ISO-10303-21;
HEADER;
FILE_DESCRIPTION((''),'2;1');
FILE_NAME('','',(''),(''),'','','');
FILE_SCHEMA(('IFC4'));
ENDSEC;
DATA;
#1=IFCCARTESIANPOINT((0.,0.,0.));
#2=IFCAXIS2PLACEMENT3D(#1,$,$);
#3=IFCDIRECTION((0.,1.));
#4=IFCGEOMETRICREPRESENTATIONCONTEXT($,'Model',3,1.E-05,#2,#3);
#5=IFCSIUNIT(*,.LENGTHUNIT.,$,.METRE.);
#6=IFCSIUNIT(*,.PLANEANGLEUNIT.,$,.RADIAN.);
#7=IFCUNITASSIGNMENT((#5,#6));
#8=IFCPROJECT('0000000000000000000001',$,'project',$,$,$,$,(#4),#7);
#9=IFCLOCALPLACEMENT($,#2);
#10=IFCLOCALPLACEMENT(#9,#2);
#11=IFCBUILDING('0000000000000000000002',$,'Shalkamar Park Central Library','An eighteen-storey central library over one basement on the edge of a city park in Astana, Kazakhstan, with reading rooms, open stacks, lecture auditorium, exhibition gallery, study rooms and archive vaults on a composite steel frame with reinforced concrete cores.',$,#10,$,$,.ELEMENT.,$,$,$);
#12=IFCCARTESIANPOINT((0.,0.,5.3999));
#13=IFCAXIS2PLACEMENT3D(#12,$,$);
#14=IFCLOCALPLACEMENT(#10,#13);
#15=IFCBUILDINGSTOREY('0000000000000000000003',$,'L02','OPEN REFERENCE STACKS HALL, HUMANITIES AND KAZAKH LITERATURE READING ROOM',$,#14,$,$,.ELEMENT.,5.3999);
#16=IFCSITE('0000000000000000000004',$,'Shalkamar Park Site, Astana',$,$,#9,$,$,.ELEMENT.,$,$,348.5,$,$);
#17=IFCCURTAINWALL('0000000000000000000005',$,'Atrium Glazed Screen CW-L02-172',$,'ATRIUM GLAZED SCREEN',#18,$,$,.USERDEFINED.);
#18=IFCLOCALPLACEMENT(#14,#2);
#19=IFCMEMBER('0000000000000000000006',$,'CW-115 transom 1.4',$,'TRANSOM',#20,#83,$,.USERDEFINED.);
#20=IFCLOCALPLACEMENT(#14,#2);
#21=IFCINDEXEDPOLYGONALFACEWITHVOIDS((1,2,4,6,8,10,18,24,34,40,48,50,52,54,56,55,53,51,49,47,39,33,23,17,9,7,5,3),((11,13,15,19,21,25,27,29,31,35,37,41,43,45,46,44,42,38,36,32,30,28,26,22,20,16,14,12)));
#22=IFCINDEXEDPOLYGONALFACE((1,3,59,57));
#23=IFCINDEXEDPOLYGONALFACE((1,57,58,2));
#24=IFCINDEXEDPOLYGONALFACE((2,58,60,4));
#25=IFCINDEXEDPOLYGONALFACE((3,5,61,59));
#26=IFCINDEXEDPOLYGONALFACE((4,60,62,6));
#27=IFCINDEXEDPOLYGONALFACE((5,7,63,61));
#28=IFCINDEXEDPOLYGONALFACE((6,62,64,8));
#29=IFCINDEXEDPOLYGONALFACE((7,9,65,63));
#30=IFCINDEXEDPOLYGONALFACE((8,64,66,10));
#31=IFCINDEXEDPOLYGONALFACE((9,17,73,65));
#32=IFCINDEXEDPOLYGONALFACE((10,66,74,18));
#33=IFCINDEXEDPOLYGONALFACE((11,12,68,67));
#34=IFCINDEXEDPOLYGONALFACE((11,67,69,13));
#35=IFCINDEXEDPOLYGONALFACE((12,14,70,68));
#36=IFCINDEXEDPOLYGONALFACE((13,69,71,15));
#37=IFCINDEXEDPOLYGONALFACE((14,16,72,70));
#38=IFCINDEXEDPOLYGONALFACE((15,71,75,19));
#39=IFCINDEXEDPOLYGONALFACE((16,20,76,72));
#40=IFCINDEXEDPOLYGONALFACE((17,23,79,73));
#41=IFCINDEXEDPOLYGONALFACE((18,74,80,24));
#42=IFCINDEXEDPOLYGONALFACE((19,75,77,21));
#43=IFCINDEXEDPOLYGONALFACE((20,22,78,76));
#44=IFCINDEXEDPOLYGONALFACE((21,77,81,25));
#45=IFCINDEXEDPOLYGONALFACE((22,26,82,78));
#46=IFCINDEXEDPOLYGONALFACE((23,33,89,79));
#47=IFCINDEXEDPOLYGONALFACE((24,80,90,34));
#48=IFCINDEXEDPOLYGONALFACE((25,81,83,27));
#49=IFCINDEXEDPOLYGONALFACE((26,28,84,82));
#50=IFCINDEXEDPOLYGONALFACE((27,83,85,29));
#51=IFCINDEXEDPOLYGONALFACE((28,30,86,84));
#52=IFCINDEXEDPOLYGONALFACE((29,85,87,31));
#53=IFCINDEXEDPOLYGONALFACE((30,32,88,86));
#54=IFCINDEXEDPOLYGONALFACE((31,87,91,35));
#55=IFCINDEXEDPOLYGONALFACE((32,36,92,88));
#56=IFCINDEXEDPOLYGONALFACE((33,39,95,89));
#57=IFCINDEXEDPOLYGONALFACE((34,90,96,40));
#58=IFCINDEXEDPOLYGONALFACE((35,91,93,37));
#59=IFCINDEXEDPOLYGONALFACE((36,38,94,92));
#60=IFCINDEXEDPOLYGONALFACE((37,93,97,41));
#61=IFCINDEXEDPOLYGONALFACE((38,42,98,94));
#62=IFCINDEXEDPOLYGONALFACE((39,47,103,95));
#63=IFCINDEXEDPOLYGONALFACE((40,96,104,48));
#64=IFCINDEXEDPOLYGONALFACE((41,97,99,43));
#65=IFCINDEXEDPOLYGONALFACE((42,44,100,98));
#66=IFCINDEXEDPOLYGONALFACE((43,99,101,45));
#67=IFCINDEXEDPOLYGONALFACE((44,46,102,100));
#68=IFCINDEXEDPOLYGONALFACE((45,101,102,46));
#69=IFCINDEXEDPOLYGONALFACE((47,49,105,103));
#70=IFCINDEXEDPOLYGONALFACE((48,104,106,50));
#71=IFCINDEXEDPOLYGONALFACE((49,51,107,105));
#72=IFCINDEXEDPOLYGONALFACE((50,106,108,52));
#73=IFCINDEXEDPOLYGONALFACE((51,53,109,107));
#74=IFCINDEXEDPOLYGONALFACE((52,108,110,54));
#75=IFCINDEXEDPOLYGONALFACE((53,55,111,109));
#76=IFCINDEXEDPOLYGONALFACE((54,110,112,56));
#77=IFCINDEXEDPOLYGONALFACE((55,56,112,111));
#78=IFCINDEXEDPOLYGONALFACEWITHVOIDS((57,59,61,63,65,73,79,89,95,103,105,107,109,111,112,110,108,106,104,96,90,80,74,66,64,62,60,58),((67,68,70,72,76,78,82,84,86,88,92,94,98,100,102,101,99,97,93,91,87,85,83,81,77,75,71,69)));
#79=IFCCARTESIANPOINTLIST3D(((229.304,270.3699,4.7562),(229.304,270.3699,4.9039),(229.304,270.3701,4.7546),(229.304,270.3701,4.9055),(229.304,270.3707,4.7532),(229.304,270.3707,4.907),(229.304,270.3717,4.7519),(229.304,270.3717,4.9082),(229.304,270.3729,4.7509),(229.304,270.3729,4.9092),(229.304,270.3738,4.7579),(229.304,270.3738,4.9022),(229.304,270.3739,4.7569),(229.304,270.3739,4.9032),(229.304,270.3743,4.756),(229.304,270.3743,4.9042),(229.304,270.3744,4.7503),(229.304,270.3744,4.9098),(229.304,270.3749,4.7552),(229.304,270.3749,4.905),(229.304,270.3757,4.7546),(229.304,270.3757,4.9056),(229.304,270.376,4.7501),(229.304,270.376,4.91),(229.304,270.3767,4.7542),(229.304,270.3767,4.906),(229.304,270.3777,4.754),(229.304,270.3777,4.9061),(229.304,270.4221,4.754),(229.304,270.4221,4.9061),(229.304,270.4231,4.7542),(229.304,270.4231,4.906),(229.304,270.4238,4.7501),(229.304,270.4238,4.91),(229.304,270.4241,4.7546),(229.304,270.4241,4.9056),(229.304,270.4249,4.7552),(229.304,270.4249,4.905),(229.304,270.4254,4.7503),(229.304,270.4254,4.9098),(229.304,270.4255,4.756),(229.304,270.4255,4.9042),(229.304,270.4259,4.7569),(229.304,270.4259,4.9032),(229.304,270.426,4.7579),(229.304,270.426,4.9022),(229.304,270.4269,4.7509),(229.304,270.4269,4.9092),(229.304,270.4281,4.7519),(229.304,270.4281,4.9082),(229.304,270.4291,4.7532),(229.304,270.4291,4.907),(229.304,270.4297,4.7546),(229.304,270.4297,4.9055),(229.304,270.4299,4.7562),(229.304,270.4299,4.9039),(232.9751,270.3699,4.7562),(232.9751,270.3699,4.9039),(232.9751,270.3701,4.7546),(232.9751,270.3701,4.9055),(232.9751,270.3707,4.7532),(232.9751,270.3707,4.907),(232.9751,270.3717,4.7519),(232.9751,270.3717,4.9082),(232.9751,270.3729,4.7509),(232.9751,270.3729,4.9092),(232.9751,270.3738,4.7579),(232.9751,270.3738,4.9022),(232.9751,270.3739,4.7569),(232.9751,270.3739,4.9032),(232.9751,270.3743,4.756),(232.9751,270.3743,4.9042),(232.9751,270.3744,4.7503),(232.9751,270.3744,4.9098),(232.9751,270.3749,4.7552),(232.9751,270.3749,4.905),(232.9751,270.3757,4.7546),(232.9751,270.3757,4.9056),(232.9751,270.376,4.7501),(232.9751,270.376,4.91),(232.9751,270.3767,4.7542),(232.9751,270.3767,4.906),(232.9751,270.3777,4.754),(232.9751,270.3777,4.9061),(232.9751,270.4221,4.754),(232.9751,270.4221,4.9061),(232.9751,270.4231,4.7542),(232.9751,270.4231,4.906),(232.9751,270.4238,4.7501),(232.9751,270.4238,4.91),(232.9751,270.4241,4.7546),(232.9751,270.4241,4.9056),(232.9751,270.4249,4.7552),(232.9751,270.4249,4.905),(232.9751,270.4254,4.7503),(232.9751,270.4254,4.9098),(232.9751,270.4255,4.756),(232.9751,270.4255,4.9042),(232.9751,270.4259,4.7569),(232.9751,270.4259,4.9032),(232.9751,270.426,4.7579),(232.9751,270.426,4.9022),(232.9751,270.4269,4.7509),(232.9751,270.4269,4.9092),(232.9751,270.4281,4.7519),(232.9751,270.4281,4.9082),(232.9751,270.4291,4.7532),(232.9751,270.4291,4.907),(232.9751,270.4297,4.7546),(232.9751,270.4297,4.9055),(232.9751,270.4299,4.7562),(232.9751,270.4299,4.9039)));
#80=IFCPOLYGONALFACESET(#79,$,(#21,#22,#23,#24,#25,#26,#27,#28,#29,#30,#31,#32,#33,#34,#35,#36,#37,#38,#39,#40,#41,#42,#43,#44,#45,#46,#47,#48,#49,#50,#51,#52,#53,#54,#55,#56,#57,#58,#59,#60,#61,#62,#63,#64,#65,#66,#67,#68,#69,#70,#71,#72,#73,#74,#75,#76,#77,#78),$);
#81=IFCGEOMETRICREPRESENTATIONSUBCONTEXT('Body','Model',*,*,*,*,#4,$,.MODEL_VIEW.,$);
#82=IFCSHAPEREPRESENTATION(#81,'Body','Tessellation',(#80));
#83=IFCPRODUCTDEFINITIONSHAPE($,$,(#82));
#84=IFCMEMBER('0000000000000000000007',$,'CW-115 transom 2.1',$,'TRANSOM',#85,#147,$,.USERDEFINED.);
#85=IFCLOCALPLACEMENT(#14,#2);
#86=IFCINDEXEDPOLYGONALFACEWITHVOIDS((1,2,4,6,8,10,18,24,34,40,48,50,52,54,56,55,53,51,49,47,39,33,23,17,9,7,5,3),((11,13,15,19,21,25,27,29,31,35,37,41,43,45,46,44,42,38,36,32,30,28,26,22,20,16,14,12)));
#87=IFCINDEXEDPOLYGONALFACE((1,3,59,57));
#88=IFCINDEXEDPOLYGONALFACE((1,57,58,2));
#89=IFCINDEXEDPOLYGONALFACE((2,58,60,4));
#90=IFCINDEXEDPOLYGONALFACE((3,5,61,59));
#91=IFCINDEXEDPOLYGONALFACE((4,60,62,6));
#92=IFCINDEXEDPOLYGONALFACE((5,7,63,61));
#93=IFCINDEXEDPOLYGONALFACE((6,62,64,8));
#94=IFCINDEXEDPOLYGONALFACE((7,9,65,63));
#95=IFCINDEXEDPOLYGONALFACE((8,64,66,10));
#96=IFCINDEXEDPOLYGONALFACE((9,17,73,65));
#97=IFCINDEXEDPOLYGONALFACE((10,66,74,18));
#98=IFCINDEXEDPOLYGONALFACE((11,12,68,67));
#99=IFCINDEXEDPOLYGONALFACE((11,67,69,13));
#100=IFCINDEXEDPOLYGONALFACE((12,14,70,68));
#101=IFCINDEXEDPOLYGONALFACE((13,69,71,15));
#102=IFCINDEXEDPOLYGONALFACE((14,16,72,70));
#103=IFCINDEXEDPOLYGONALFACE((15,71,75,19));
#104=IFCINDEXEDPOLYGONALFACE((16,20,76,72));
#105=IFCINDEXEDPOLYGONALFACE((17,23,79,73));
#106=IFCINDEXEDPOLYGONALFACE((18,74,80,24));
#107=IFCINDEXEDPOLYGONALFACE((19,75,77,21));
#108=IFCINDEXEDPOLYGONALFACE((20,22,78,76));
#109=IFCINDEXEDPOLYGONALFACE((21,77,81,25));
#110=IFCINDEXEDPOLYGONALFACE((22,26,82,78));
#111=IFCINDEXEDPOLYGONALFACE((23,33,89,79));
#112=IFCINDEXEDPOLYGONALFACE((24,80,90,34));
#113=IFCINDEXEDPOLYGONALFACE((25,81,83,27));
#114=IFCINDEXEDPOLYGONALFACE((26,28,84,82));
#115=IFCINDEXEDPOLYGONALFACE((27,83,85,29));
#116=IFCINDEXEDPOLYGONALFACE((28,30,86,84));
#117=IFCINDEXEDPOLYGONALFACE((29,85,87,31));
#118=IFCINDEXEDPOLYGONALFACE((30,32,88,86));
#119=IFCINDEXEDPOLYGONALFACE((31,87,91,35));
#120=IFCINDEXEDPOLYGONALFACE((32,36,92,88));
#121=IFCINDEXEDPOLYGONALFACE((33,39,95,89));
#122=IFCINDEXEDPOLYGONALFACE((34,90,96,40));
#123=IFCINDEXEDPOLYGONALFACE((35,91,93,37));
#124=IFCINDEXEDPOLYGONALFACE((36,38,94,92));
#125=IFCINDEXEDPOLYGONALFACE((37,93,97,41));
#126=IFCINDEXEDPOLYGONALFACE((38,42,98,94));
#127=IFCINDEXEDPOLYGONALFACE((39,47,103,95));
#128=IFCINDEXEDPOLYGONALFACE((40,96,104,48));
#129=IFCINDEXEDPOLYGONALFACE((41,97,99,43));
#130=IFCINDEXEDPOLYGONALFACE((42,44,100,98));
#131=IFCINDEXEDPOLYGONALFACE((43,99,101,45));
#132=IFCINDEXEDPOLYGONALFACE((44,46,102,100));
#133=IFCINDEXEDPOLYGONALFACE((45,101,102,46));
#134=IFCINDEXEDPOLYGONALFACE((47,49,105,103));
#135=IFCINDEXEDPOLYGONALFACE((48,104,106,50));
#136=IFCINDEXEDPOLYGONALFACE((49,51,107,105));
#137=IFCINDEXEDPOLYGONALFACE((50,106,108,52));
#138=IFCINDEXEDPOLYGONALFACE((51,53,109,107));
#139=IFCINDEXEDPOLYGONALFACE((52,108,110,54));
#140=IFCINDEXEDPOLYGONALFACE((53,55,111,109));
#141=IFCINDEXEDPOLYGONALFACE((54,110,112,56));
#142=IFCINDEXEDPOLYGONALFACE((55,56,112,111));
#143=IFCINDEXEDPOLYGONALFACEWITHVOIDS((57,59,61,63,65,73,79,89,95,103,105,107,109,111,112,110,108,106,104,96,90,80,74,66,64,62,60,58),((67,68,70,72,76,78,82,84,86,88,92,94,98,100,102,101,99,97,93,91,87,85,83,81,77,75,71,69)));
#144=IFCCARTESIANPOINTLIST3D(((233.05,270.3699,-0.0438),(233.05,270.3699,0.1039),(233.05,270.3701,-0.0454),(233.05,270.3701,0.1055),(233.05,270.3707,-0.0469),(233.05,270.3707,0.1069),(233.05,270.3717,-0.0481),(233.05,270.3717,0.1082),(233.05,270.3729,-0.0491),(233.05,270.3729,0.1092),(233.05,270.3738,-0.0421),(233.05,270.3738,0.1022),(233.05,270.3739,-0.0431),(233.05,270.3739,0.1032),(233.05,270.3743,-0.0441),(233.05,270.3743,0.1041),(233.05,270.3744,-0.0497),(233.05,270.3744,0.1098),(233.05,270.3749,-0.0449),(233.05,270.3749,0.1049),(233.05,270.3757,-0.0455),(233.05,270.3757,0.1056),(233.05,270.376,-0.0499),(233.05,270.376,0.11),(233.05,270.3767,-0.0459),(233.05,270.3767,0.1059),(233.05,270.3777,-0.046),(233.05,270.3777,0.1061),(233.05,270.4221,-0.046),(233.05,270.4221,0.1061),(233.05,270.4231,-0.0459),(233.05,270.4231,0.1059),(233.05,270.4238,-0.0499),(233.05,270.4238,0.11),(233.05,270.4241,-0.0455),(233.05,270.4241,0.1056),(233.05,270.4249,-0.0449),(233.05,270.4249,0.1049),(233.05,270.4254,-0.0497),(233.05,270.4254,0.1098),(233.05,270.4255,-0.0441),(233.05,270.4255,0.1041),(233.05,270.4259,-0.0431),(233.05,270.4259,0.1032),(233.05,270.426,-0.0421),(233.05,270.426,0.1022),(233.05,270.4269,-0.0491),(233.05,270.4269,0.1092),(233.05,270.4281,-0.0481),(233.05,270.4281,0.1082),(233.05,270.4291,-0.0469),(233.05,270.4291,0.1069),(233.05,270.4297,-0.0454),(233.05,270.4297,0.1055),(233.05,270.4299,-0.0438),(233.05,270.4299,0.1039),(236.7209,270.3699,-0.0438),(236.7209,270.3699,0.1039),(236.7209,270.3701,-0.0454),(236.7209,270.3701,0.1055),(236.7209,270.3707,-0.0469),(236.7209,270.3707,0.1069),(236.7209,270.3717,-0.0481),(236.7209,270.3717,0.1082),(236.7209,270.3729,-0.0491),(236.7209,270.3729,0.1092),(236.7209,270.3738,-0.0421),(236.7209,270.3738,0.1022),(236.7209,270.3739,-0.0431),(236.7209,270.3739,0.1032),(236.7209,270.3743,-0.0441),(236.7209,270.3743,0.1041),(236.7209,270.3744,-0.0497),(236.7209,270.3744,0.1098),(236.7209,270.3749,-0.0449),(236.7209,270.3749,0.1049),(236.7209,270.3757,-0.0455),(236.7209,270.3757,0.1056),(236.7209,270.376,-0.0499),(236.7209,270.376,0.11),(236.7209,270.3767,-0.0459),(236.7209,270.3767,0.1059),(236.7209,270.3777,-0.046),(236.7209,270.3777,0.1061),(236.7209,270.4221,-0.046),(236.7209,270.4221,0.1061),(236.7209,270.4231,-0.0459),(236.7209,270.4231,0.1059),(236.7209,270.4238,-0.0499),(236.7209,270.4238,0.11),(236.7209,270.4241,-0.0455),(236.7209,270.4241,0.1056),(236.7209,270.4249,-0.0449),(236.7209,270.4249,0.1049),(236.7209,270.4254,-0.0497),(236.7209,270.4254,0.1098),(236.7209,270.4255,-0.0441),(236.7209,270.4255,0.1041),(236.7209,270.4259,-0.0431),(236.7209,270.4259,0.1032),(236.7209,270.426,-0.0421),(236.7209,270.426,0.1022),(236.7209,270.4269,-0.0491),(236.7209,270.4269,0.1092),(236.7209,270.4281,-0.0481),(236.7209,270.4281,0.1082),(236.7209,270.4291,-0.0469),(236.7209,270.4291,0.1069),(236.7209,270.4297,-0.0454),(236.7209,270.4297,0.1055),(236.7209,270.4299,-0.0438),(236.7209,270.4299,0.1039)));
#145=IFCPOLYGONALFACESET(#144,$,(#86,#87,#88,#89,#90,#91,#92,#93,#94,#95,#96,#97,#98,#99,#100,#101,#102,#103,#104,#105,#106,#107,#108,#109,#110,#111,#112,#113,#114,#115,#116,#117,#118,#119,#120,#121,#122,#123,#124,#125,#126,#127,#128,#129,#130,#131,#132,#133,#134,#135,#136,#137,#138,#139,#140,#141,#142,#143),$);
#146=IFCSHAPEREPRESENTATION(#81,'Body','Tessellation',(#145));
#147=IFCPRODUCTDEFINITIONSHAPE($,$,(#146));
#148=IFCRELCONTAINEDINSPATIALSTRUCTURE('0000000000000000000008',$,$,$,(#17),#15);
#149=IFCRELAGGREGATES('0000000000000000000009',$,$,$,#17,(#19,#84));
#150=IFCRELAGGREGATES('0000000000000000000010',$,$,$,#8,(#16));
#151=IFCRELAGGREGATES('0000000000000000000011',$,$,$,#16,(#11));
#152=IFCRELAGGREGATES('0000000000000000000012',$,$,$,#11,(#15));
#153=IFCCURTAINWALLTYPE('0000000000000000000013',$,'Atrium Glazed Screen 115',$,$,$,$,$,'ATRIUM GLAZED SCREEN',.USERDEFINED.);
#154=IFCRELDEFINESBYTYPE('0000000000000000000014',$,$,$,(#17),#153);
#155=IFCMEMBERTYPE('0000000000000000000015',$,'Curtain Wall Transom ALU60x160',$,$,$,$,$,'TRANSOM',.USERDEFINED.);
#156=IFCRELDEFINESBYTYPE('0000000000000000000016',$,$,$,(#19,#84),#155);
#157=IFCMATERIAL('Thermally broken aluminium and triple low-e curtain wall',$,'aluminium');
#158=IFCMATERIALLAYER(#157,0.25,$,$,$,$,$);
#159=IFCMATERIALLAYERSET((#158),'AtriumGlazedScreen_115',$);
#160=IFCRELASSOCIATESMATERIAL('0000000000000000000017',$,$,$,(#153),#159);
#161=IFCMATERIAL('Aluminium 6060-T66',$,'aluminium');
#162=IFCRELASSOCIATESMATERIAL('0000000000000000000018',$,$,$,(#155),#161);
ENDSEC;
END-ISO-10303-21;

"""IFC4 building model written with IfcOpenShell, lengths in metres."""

from ifc_helpers import new_model, si_unit, direction, frame, origin, origin_2d, place, context, subcontext, project, spatial, hollow_rectangle, extrude, material, layer, layer_set, material_profile, profile_set, type_object, element, aggregate, save


model = new_model("IFC4")

# Units and contexts
model_context = context("Model", 3, precision=1e-05, world=origin(), true_north=direction((0.0, 1.0)))
body_context = subcontext(model_context, "Body", "Model", "MODEL_VIEW")
ifc_project = project(units=[si_unit("LENGTHUNIT", "METRE"), si_unit("PLANEANGLEUNIT", "RADIAN")], contexts=[model_context])

# Site, building, storey
site_placement = place(None, origin())
site = spatial("IfcSite", under=ifc_project, at=site_placement, Name="Shalkamar Park Site, Astana", CompositionType="ELEMENT", RefElevation=348.5)
building_placement = place(site_placement, origin())
building = spatial("IfcBuilding", under=site, at=building_placement, Name="Shalkamar Park Central Library", Description="An eighteen-storey central library over one basement on the edge of a city park in Astana, Kazakhstan, with reading rooms, open stacks, lecture auditorium, exhibition gallery, study rooms and archive vaults on a composite steel frame with reinforced concrete cores.", CompositionType="ELEMENT")
storey_placement = place(building_placement, frame((0.0, 0.0, 5.3999)))
storey = spatial("IfcBuildingStorey", under=building, at=storey_placement, Name="L02", Description="OPEN REFERENCE STACKS HALL, HUMANITIES AND KAZAKH LITERATURE READING ROOM", CompositionType="ELEMENT", Elevation=5.3999)

# Curtain wall
ifc_material_1 = material(Name="Thermally broken aluminium and triple low-e curtain wall", Category="aluminium")
ifc_layer_1 = layer(ifc_material_1, 0.25)
ifc_layer_set_1 = layer_set([ifc_layer_1], Name="AtriumGlazedScreen_115")
curtain_wall_type_1 = type_object("IfcCurtainWallType", Name="Atrium Glazed Screen 115", ElementType="ATRIUM GLAZED SCREEN", PredefinedType="USERDEFINED", material=ifc_layer_set_1)
curtain_wall_1_placement = place(storey_placement, origin())
curtain_wall_1 = element("IfcCurtainWall", 1, at=curtain_wall_1_placement, inside=storey, type_object=curtain_wall_type_1, Name="Atrium Glazed Screen CW-L02-172", ObjectType="ATRIUM GLAZED SCREEN", PredefinedType="USERDEFINED")
ifc_material_2 = material(Name="Aluminium 6060-T66", Category="aluminium")

# Members
ifc_material_profile_1 = material_profile(ifc_material_2, hollow_rectangle(XDim=0.0601, YDim=0.1599, WallThickness=0.0039, InnerFilletRadius=0.0039, OuterFilletRadius=0.0061, at=origin_2d()), Name="ALU 60x160x4")
ifc_profile_set_1 = profile_set([ifc_material_profile_1], Name="Aluminium 6060-T66")
member_type_1 = type_object("IfcMemberType", Name="Curtain Wall Transom ALU60x160", ElementType="TRANSOM", PredefinedType="USERDEFINED", material=ifc_profile_set_1)
member_1_placement = place(storey_placement, frame((229.304, 270.3999, 4.8301), z_axis=(1.0, 0.0, 0.0), x_axis=(0.0, 1.0, 0.0)))
member_1 = element("IfcMember", 2, at=member_1_placement, type_object=member_type_1, Name="CW-115 transom 1.4", ObjectType="TRANSOM", PredefinedType="USERDEFINED", context=body_context, shape_type="SweptSolid", body=[
    extrude(hollow_rectangle(XDim=0.0601, YDim=0.1599, WallThickness=0.0039, InnerFilletRadius=0.0039, OuterFilletRadius=0.0061, at=origin_2d()), origin(), (0.0, 0.0, 1.0), 3.6711),
])
member_2_placement = place(storey_placement, frame((233.05, 270.3999, 0.03), z_axis=(1.0, 0.0, 0.0), x_axis=(0.0, 1.0, 0.0)))
member_2 = element("IfcMember", 3, at=member_2_placement, type_object=member_type_1, Name="CW-115 transom 2.1", ObjectType="TRANSOM", PredefinedType="USERDEFINED", context=body_context, shape_type="SweptSolid", body=[
    extrude(hollow_rectangle(XDim=0.0601, YDim=0.1599, WallThickness=0.0039, InnerFilletRadius=0.0039, OuterFilletRadius=0.0061, at=origin_2d()), origin(), (0.0, 0.0, 1.0), 3.6709),
])

aggregate(curtain_wall_1, [member_1, member_2])

save(model, "model.ifc")
